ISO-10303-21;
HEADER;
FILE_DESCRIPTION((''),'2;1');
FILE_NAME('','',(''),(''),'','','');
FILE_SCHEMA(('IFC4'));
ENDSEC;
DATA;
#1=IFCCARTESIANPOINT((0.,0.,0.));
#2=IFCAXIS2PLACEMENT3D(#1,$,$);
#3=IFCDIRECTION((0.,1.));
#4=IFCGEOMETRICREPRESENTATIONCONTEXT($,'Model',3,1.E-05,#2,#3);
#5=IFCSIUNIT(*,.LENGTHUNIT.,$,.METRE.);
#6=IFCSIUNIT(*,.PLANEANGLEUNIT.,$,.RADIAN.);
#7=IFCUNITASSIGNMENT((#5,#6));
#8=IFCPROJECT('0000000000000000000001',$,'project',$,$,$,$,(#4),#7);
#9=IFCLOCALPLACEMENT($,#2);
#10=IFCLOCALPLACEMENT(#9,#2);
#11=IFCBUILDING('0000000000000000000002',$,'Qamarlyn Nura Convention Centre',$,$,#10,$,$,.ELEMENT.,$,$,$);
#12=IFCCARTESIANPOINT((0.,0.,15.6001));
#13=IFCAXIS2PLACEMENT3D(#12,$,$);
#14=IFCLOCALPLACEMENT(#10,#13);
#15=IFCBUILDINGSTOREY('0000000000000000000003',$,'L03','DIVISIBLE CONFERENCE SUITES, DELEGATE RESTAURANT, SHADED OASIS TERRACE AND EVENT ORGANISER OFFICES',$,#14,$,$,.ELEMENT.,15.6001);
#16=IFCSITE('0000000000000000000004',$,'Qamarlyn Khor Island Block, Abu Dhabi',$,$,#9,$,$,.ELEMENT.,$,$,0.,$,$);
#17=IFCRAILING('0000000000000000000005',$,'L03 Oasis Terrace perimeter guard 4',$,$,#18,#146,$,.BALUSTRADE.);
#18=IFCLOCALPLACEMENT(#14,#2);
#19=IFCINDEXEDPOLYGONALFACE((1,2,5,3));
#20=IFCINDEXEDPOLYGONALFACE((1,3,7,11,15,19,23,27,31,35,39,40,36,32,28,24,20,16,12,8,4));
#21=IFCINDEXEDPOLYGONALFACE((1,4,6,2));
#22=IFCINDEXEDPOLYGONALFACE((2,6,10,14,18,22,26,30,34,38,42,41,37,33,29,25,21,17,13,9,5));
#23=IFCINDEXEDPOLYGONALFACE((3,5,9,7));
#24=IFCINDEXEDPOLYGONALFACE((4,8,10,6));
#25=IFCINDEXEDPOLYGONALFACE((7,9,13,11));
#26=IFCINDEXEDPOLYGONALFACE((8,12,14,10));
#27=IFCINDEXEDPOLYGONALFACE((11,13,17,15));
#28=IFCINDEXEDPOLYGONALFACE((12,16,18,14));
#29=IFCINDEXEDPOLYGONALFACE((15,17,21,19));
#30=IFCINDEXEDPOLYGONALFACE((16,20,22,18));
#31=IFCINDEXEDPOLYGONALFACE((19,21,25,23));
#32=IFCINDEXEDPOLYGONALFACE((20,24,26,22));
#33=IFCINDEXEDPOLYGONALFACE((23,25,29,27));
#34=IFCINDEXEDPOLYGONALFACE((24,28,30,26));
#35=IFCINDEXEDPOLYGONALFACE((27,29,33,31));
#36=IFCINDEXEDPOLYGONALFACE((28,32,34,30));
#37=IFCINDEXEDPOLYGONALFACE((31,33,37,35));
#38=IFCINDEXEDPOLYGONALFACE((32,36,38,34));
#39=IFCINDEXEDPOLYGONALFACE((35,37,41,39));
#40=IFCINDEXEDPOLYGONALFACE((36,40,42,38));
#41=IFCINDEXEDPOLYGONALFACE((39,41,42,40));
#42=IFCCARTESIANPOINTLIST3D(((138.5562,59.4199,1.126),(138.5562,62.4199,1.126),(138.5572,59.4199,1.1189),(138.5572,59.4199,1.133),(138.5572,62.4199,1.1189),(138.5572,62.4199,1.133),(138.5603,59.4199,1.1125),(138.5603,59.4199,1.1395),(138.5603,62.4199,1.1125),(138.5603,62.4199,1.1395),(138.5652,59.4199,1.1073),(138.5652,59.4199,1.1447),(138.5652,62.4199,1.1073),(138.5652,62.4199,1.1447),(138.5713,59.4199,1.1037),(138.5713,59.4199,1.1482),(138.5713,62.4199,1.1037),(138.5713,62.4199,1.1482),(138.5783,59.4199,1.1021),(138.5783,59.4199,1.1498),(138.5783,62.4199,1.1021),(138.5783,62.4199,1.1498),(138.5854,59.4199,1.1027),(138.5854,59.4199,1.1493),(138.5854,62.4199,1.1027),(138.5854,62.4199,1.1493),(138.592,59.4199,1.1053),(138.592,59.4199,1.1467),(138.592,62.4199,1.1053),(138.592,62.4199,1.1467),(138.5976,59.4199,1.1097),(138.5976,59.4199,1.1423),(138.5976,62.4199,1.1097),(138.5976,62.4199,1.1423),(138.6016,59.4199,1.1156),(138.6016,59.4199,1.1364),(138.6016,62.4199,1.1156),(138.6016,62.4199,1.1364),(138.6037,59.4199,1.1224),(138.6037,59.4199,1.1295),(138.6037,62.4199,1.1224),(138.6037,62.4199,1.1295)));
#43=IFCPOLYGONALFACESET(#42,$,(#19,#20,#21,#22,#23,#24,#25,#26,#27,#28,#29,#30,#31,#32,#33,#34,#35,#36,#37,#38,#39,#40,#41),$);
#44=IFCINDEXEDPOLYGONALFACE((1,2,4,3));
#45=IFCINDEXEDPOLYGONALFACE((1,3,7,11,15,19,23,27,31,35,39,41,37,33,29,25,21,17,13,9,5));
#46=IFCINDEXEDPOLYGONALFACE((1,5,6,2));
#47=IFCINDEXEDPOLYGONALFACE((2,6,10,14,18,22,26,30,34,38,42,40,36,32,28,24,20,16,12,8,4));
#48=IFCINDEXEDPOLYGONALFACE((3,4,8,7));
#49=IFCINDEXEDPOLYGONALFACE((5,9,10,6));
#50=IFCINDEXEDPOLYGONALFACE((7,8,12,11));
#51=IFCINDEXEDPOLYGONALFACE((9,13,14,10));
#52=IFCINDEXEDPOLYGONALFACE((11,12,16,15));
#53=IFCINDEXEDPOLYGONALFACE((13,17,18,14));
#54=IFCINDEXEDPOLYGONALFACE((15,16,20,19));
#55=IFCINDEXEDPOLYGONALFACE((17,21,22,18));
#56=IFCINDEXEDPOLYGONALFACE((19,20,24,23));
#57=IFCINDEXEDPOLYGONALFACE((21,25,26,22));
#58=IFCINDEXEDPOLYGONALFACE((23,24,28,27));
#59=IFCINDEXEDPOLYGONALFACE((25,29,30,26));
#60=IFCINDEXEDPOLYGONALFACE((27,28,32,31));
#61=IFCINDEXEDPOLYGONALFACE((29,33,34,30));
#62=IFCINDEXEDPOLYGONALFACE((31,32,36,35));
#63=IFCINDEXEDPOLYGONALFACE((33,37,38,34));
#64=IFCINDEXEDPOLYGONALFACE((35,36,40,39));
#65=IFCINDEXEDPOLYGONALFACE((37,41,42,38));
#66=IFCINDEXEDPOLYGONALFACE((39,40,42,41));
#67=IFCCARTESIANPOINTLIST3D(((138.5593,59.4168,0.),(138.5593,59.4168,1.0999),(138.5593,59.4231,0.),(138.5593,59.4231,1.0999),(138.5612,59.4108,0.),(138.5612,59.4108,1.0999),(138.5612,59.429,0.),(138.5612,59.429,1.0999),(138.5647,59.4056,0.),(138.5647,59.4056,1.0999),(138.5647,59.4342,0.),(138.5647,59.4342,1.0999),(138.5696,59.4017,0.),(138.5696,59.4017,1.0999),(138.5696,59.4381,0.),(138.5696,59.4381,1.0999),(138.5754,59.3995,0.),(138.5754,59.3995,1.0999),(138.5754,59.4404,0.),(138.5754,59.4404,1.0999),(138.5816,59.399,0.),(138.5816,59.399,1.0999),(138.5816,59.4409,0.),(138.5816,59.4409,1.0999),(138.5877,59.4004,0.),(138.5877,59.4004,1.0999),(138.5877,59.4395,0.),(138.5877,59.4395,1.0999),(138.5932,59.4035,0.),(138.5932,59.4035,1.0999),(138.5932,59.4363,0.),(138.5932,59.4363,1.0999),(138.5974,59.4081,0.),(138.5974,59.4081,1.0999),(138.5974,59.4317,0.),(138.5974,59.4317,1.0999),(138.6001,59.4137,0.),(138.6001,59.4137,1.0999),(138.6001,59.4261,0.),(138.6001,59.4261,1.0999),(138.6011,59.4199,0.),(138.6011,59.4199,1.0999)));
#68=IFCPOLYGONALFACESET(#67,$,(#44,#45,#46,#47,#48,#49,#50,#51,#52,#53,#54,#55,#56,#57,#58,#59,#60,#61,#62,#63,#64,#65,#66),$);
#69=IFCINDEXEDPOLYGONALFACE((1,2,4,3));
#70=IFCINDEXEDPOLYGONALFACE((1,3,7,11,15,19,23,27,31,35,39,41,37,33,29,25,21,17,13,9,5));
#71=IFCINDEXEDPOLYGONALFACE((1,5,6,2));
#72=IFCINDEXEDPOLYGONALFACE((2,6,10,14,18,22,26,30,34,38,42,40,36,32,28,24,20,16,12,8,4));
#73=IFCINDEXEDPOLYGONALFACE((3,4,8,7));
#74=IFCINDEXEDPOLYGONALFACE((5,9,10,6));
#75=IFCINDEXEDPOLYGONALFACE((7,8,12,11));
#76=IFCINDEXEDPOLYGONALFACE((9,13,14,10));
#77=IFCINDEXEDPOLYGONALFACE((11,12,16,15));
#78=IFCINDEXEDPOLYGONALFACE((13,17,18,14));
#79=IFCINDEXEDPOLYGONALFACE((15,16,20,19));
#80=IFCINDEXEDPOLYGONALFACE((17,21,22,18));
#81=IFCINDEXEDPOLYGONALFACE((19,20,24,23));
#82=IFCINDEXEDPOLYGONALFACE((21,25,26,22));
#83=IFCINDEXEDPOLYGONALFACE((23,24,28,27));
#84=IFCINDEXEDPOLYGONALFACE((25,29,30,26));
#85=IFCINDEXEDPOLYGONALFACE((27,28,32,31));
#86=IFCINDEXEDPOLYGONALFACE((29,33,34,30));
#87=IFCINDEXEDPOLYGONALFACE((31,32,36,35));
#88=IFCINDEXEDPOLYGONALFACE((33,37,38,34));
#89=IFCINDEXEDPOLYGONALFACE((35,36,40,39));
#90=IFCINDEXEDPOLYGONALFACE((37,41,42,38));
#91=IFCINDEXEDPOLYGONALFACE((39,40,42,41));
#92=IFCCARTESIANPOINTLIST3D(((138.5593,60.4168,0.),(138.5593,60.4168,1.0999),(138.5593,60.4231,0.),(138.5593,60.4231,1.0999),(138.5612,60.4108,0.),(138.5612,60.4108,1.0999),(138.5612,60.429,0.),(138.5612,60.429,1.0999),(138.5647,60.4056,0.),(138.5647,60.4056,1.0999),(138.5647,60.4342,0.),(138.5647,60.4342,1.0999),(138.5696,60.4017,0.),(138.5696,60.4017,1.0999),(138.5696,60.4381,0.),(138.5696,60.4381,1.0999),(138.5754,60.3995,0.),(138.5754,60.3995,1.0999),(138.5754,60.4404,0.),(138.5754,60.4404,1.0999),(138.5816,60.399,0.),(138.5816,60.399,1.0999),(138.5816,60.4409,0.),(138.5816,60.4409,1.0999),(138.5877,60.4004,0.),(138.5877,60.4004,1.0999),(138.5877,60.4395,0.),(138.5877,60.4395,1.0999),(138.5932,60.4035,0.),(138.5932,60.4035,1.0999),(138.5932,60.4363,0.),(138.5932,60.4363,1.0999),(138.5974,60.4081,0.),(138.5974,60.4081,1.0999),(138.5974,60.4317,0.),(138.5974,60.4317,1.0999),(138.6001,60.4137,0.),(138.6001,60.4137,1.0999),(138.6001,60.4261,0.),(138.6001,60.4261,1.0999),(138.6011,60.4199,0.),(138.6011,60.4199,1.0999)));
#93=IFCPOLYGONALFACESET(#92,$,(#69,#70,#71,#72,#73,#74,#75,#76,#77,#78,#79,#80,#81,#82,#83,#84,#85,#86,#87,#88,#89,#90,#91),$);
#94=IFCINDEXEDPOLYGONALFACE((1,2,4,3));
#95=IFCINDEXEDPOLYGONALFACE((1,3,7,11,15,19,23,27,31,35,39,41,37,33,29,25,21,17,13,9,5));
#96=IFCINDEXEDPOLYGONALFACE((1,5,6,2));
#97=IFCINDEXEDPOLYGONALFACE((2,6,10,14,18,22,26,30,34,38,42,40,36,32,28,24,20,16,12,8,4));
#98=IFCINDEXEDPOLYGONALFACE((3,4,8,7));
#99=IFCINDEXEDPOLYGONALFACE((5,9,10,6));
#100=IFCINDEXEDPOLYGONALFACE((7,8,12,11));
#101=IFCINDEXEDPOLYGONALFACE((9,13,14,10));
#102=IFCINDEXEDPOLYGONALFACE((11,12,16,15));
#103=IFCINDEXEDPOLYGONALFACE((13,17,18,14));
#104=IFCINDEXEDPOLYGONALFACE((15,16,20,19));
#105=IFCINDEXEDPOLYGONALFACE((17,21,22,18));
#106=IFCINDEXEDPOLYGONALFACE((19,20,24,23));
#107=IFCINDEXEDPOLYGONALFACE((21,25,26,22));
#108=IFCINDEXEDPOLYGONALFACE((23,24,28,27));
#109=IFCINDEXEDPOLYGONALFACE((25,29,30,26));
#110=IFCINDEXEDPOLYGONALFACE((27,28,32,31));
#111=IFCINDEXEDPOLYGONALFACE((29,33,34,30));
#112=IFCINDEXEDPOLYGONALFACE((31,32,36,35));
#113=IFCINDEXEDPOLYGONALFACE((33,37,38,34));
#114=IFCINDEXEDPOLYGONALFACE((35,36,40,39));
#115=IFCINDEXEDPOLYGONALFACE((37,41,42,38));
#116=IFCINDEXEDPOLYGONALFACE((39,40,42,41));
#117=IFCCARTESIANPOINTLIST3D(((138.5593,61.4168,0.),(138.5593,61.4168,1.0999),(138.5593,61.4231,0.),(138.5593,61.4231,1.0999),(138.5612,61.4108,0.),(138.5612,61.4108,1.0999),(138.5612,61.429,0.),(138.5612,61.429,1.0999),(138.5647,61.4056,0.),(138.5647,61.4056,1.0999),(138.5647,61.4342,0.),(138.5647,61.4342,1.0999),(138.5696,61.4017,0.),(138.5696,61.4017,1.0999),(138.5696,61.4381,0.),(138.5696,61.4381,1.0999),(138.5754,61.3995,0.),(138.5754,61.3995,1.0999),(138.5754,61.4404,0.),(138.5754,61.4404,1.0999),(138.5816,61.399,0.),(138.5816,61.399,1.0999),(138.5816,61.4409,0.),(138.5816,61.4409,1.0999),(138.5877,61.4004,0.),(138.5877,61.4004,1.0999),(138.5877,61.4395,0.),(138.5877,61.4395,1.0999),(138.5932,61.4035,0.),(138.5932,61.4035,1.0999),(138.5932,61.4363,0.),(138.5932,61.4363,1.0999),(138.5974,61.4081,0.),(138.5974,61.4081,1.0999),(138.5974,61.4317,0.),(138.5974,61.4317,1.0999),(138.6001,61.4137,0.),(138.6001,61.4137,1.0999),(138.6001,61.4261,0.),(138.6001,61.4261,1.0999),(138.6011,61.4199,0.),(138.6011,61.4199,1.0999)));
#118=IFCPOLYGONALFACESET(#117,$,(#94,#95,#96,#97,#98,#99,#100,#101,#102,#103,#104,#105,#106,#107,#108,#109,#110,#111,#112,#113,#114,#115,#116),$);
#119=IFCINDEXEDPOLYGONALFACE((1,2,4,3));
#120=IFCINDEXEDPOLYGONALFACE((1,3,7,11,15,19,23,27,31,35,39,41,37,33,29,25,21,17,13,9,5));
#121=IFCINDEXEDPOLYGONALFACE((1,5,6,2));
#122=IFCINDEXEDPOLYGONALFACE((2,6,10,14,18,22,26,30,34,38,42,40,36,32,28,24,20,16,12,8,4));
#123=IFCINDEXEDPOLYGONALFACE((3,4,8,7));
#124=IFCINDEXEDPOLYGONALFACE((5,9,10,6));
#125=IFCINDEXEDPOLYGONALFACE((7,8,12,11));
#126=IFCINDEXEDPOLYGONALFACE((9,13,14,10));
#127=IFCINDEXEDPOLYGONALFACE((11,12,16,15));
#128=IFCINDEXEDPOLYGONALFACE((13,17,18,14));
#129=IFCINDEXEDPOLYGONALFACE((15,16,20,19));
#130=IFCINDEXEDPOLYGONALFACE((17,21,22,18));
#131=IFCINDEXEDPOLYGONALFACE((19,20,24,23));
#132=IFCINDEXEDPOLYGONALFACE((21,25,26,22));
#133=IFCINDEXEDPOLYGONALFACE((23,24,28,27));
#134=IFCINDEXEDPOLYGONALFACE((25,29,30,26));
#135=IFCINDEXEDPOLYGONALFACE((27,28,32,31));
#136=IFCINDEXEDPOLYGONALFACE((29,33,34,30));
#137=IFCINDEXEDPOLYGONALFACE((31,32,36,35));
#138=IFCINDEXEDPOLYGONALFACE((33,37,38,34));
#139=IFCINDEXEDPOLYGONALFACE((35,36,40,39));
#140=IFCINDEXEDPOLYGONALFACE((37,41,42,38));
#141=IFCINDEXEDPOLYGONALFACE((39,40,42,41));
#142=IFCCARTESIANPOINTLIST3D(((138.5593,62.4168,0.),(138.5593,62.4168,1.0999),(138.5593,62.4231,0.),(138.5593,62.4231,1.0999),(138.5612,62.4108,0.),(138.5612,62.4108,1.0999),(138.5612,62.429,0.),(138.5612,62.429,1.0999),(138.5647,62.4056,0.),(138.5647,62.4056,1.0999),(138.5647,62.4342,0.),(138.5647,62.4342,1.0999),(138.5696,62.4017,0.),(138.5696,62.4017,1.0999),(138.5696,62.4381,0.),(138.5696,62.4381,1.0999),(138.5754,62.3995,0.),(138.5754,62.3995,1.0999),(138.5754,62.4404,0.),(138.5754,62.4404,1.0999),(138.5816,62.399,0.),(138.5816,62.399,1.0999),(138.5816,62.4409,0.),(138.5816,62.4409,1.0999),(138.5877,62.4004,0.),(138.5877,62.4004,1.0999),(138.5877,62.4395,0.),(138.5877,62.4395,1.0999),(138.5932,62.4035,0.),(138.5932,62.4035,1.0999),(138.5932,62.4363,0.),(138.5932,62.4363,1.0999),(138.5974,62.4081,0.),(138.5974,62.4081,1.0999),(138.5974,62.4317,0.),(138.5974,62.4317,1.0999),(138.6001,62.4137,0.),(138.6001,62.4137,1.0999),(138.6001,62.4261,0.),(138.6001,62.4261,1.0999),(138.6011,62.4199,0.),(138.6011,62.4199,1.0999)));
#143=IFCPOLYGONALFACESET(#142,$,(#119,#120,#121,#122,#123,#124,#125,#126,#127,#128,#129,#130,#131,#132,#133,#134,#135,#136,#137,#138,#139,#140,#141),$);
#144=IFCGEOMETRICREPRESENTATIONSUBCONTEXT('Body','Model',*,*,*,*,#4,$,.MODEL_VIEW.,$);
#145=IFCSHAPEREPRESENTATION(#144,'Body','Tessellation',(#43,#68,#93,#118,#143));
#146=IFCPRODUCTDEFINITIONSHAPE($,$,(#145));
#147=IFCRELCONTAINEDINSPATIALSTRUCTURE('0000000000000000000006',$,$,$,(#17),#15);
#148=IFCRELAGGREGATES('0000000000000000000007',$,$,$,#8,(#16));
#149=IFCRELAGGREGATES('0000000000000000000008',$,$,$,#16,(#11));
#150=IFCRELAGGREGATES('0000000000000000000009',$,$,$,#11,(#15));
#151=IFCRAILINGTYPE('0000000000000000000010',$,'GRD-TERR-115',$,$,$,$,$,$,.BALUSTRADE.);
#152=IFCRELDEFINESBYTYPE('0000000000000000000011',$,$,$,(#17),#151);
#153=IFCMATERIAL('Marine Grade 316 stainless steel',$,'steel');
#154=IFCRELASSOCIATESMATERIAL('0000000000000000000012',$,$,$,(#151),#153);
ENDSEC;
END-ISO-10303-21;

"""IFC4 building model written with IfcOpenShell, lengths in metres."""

from ifc_helpers import new_model, si_unit, direction, frame, origin, origin_2d, place, context, subcontext, project, spatial, circle, extrude, material, type_object, element, save


model = new_model("IFC4")

# Units and contexts
model_context = context("Model", 3, precision=1e-05, world=origin(), true_north=direction((0.0, 1.0)))
body_context = subcontext(model_context, "Body", "Model", "MODEL_VIEW")
ifc_project = project(units=[si_unit("LENGTHUNIT", "METRE"), si_unit("PLANEANGLEUNIT", "RADIAN")], contexts=[model_context])

# Site, building, storey
site_placement = place(None, origin())
site = spatial("IfcSite", under=ifc_project, at=site_placement, Name="Qamarlyn Khor Island Block, Abu Dhabi", CompositionType="ELEMENT", RefElevation=0.0)
building_placement = place(site_placement, origin())
building = spatial("IfcBuilding", under=site, at=building_placement, Name="Qamarlyn Nura Convention Centre", CompositionType="ELEMENT")
storey_placement = place(building_placement, frame((0.0, 0.0, 15.6001)))
storey = spatial("IfcBuildingStorey", under=building, at=storey_placement, Name="L03", Description="DIVISIBLE CONFERENCE SUITES, DELEGATE RESTAURANT, SHADED OASIS TERRACE AND EVENT ORGANISER OFFICES", CompositionType="ELEMENT", Elevation=15.6001)

# Railing
ifc_material_1 = material(Name="Marine Grade 316 stainless steel", Category="steel")
railing_type_1 = type_object("IfcRailingType", Name="GRD-TERR-115", PredefinedType="BALUSTRADE", material=ifc_material_1)
railing_1_placement = place(storey_placement, frame((138.5801, 59.4199, 0.0)))
element("IfcRailing", 1, at=railing_1_placement, inside=storey, type_object=railing_type_1, Name="L03 Oasis Terrace perimeter guard 4", PredefinedType="BALUSTRADE", context=body_context, shape_type="SweptSolid", body=[
    extrude(circle(Radius=0.0239, at=origin_2d()), frame((0.0, 0.0, 1.126), z_axis=(0.0, 1.0, 0.0), x_axis=(-1.0, 0.0, 0.0)), (0.0, 0.0, 1.0), 3.0),
    extrude(circle(Radius=0.021, at=origin_2d()), origin(), (0.0, 0.0, 1.0), 1.0999),
    extrude(circle(Radius=0.021, at=origin_2d()), frame((0.0, 1.0, 0.0)), (0.0, 0.0, 1.0), 1.0999),
    extrude(circle(Radius=0.021, at=origin_2d()), frame((0.0, 2.0, 0.0)), (0.0, 0.0, 1.0), 1.0999),
    extrude(circle(Radius=0.021, at=origin_2d()), frame((0.0, 3.0, 0.0)), (0.0, 0.0, 1.0), 1.0999),
])

save(model, "model.ifc")
